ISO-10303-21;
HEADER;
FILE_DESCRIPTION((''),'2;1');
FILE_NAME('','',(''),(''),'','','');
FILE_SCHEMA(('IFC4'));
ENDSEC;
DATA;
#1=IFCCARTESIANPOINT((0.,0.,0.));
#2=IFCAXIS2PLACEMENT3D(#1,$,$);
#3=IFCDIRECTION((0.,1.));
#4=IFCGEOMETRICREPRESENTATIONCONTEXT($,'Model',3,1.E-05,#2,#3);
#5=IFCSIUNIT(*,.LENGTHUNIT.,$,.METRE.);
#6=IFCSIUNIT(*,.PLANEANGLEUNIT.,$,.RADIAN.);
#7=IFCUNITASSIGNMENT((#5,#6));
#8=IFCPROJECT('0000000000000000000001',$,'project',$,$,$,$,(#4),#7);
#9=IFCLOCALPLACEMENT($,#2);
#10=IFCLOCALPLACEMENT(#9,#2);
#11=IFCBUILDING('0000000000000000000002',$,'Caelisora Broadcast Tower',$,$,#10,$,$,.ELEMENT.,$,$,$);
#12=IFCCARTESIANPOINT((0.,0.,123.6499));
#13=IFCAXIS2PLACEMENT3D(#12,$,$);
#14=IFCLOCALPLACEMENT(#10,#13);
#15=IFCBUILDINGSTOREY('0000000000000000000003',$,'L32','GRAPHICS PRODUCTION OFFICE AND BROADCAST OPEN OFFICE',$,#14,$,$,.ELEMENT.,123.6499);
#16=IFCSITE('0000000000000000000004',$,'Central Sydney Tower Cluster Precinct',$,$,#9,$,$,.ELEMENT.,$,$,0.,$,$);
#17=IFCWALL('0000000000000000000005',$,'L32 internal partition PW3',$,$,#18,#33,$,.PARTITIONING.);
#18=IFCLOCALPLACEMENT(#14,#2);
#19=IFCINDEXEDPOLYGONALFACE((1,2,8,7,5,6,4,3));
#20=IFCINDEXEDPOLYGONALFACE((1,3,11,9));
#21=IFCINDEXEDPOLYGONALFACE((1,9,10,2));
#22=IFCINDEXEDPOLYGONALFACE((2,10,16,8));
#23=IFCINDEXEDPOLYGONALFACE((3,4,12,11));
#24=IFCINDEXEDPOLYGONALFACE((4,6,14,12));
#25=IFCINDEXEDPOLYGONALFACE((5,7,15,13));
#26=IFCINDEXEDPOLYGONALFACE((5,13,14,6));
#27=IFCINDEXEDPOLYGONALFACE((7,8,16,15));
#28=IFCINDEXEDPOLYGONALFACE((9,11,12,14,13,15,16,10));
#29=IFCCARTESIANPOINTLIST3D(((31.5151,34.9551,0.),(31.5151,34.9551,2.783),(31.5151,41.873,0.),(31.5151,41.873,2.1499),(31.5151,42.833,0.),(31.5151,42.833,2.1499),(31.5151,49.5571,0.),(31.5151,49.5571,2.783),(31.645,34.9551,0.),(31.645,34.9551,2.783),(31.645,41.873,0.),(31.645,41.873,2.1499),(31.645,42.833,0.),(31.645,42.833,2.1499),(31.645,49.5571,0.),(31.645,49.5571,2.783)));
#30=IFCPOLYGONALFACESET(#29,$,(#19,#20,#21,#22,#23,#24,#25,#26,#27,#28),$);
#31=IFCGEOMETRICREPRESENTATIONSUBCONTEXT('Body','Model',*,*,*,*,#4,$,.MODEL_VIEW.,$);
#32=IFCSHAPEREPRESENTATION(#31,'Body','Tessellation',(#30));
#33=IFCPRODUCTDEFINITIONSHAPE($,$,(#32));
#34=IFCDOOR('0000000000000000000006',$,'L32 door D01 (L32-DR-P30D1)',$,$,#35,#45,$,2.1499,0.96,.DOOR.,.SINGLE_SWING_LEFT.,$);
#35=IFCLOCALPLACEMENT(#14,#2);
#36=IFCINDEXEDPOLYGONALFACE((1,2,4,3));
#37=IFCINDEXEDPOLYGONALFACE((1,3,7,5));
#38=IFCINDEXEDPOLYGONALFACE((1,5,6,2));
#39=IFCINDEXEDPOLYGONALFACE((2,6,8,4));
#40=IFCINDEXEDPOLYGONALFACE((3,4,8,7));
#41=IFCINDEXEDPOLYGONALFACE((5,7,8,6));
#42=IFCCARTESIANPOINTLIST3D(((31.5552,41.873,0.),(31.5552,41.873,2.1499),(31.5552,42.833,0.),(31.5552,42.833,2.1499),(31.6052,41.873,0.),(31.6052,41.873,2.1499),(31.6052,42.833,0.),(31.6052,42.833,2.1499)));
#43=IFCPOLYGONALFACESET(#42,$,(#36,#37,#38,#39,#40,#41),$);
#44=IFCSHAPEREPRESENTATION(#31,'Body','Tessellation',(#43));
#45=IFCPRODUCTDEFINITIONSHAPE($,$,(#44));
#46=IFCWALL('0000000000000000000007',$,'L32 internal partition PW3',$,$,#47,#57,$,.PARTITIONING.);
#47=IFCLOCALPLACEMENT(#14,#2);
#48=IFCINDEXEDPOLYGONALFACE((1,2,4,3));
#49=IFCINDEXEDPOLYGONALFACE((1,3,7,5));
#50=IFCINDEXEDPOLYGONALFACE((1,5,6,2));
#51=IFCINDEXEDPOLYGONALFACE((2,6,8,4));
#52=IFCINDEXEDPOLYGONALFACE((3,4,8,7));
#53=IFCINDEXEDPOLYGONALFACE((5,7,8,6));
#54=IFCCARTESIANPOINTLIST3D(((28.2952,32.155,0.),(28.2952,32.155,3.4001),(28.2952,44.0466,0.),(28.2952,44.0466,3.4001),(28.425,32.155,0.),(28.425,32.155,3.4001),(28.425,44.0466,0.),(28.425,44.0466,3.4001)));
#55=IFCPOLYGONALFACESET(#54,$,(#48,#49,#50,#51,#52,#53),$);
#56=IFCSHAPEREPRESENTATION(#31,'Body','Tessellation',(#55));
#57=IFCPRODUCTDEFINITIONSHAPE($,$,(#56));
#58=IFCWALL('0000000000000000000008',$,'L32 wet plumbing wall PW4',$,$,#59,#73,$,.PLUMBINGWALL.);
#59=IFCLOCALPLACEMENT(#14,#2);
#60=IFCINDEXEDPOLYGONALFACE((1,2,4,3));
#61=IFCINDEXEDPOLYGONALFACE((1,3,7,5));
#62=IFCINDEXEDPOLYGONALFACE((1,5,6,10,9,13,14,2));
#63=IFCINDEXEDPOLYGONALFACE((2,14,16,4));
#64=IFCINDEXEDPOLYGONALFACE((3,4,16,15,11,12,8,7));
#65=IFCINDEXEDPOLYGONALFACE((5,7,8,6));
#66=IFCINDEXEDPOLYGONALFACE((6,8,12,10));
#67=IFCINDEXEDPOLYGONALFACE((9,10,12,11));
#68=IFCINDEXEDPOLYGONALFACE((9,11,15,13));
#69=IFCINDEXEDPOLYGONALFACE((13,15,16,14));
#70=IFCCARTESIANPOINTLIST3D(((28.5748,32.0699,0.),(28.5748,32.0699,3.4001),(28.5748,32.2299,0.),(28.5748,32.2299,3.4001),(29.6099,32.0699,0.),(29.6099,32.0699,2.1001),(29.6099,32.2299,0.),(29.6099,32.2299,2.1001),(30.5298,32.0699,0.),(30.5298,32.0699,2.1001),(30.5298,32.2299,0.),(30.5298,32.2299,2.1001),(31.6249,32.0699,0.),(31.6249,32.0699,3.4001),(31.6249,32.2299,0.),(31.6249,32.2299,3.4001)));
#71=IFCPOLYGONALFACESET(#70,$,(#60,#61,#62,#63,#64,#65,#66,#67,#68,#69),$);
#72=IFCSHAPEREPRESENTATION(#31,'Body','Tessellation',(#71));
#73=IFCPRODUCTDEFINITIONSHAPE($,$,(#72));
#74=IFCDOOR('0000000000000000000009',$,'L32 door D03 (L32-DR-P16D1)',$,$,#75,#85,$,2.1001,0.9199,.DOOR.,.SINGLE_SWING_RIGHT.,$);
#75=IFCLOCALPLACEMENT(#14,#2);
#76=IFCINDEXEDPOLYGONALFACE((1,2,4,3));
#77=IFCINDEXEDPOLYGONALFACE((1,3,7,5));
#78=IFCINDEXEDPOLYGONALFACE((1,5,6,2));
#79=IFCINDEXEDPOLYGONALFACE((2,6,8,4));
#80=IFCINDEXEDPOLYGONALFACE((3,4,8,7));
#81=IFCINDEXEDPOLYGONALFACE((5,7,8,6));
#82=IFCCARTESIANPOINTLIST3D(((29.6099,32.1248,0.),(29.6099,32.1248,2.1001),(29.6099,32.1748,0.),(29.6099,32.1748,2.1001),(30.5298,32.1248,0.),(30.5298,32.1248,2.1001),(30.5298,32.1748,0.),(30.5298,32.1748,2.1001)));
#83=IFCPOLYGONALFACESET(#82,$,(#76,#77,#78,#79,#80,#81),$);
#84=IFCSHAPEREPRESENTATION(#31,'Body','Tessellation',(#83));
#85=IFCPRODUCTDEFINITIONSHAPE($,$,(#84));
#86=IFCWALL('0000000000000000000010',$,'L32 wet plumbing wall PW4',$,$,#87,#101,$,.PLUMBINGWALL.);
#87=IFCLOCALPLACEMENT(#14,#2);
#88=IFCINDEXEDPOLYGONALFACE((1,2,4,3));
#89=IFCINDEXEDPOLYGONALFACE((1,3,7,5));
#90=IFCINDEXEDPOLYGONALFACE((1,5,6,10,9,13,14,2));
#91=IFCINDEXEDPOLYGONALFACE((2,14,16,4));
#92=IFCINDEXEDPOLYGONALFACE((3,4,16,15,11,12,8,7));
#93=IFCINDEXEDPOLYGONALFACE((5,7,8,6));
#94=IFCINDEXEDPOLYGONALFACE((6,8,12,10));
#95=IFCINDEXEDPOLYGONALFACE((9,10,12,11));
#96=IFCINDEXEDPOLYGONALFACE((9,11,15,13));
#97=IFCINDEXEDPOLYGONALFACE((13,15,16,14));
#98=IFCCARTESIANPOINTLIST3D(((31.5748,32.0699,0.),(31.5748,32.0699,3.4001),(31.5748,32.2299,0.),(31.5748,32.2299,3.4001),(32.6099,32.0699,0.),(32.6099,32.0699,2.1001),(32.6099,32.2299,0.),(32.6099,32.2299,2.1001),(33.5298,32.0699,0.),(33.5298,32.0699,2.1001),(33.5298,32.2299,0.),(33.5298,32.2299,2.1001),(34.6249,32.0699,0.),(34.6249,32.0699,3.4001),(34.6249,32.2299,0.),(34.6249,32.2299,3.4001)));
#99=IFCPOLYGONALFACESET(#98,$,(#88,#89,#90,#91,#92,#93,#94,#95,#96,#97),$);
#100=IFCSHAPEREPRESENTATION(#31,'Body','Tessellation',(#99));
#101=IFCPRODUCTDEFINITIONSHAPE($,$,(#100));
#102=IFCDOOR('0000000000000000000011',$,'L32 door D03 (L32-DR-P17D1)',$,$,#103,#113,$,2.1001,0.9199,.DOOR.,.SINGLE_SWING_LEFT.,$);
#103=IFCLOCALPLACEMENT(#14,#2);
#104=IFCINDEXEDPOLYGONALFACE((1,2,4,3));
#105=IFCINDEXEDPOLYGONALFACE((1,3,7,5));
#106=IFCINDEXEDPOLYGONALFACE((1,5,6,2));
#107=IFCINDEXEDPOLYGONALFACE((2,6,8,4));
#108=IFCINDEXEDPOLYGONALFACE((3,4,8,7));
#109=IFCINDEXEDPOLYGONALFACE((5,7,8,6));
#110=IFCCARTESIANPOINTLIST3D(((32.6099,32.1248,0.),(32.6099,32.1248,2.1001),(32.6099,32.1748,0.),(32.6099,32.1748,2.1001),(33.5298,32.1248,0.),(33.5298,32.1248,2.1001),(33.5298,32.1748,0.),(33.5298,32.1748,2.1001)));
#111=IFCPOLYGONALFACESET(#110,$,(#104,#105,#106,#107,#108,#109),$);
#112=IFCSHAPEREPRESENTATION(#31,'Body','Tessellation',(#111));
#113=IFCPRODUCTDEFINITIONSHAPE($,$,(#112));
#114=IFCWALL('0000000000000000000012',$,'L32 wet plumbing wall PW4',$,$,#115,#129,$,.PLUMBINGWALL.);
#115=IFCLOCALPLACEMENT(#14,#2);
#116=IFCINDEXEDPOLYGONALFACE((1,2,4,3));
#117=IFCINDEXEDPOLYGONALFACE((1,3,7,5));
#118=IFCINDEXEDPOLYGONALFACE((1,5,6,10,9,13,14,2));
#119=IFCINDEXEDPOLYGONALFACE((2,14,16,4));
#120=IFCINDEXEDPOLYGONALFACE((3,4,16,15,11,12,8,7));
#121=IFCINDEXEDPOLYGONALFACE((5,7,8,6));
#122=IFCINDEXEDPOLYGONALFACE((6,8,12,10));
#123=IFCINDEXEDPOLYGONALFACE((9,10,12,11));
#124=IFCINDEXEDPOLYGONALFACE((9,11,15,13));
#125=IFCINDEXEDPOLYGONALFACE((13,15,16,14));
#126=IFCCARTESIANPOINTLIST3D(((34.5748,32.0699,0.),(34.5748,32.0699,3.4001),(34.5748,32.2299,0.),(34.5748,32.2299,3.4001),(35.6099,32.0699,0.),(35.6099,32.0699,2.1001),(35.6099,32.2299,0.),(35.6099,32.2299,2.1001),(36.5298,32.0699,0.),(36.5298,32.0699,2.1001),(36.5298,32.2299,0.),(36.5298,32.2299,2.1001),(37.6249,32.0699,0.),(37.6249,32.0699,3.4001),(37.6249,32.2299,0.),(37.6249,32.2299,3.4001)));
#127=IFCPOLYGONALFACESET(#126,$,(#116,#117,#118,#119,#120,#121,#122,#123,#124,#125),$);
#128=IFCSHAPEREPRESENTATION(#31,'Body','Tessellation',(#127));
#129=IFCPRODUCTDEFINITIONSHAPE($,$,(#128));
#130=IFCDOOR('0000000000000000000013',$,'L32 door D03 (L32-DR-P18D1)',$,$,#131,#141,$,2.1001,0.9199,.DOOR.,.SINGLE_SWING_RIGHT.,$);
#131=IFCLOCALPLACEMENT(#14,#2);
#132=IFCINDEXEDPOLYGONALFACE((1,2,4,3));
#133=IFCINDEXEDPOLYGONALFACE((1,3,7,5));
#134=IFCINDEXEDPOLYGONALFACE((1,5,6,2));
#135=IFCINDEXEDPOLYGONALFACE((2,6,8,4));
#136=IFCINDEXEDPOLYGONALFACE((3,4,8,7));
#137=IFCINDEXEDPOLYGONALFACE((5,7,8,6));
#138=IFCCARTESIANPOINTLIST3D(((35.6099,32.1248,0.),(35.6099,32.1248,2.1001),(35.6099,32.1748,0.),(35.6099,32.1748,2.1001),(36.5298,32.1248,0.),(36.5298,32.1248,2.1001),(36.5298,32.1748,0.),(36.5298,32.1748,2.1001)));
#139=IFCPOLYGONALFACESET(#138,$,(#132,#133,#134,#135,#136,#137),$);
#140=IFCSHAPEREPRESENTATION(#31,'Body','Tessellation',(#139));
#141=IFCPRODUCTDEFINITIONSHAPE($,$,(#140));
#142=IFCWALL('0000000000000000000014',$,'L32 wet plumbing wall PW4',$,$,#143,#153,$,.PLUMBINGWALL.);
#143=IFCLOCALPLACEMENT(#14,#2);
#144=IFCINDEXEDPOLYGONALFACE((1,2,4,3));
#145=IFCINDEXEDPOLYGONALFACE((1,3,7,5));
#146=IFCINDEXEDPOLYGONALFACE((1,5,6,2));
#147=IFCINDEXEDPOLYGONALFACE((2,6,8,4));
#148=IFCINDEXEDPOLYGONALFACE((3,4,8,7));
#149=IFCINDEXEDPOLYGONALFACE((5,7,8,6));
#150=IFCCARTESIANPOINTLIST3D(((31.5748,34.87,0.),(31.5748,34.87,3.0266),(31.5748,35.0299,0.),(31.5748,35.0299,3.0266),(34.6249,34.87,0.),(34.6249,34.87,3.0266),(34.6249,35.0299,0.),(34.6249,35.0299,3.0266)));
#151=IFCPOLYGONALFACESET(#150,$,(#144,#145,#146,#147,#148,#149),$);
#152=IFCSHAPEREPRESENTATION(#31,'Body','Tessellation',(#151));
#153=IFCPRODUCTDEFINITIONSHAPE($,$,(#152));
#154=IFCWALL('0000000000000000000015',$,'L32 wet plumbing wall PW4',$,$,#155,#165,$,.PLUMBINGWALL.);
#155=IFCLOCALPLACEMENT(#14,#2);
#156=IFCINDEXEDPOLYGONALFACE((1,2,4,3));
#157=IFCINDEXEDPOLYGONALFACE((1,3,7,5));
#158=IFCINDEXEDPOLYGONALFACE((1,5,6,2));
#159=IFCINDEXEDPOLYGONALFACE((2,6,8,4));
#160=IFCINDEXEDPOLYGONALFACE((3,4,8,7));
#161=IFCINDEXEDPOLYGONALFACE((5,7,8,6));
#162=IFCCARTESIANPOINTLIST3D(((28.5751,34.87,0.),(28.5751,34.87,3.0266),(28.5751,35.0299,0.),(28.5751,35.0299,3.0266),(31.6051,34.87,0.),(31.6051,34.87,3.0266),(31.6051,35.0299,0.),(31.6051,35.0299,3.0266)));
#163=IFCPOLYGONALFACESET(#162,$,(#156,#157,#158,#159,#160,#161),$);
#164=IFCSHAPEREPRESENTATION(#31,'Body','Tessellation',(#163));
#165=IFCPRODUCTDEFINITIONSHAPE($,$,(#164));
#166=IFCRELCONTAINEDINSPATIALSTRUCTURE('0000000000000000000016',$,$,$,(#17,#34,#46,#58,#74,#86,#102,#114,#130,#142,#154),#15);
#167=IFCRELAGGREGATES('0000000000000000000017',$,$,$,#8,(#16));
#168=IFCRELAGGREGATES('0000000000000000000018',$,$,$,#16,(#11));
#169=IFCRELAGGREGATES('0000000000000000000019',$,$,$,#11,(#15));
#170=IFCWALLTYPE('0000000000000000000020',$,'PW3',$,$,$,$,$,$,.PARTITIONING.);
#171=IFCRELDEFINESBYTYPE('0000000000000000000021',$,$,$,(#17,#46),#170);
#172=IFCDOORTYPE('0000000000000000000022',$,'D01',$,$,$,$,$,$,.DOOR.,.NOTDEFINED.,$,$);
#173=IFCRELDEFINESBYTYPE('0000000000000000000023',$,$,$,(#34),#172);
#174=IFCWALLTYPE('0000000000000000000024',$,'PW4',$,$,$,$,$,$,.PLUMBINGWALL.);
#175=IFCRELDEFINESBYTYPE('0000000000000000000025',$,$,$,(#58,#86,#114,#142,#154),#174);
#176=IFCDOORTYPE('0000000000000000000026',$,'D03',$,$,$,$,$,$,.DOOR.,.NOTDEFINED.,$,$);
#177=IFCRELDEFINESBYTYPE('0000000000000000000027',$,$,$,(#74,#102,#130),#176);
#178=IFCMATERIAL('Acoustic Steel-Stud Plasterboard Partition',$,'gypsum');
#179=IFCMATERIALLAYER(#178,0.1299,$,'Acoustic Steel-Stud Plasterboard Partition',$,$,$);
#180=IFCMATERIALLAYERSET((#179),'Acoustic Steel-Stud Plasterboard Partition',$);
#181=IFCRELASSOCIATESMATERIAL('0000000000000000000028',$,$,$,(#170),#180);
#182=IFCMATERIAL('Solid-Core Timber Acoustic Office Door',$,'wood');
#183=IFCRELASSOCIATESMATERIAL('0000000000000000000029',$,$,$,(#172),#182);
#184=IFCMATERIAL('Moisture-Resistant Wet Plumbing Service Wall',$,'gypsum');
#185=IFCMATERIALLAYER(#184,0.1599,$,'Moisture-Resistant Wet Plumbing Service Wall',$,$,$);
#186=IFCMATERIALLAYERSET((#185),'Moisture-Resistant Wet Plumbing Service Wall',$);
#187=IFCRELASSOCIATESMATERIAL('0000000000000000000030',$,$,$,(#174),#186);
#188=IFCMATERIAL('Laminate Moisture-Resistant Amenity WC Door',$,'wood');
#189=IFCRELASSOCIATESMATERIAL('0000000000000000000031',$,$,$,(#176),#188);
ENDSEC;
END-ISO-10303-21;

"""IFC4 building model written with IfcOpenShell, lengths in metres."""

from ifc_helpers import new_model, si_unit, direction, frame, frame_2d, origin, place, context, subcontext, project, spatial, rectangle, extrude, material, layer, layer_set, type_object, element, fill, save


model = new_model("IFC4")

# Units and contexts
model_context = context("Model", 3, precision=1e-05, world=origin(), true_north=direction((0.0, 1.0)))
body_context = subcontext(model_context, "Body", "Model", "MODEL_VIEW")
ifc_project = project(units=[si_unit("LENGTHUNIT", "METRE"), si_unit("PLANEANGLEUNIT", "RADIAN")], contexts=[model_context])

# Site, building, storey
site_placement = place(None, origin())
site = spatial("IfcSite", under=ifc_project, at=site_placement, Name="Central Sydney Tower Cluster Precinct", CompositionType="ELEMENT", RefElevation=0.0)
building_placement = place(site_placement, origin())
building = spatial("IfcBuilding", under=site, at=building_placement, Name="Caelisora Broadcast Tower", CompositionType="ELEMENT")
storey_placement = place(building_placement, frame((0.0, 0.0, 123.6499)))
storey = spatial("IfcBuildingStorey", under=building, at=storey_placement, Name="L32", Description="GRAPHICS PRODUCTION OFFICE AND BROADCAST OPEN OFFICE", CompositionType="ELEMENT", Elevation=123.6499)

# Wall, opening, door
ifc_material_1 = material(Name="Acoustic Steel-Stud Plasterboard Partition", Category="gypsum")
ifc_layer_1 = layer(ifc_material_1, 0.1299, Name="Acoustic Steel-Stud Plasterboard Partition")
ifc_layer_set_1 = layer_set([ifc_layer_1], Name="Acoustic Steel-Stud Plasterboard Partition")
wall_type_1 = type_object("IfcWallType", Name="PW3", PredefinedType="PARTITIONING", material=ifc_layer_set_1)
ifc_material_2 = material(Name="Solid-Core Timber Acoustic Office Door", Category="wood")
door_type_1 = type_object("IfcDoorType", Name="D01", OperationType="NOTDEFINED", PredefinedType="DOOR", material=ifc_material_2)
wall_1_placement = place(storey_placement, frame((31.5801, 34.9551, 0.0), z_axis=(0.0, 0.0, 1.0), x_axis=(0.0, 1.0, 0.0)))
wall_1 = element("IfcWall", 1, at=wall_1_placement, inside=storey, type_object=wall_type_1, Name="L32 internal partition PW3", PredefinedType="PARTITIONING", context=body_context, shape_type="SweptSolid", body=[
    extrude(rectangle(XDim=14.6021, YDim=0.1299, at=frame_2d((7.301, 0.0))), origin(), (0.0, 0.0, 1.0), 2.783),
])
opening_1_placement = place(wall_1_placement, frame((6.918, 0.0, 0.0)))
opening_1 = element("IfcOpeningElement", 2, at=opening_1_placement, cuts=wall_1, PredefinedType="OPENING", context=body_context, shape_type="SweptSolid", body=[
    extrude(rectangle(XDim=0.96, YDim=2.1499, at=frame_2d((0.48, 1.075))), frame((0.0, 0.0769, 0.0), z_axis=(0.0, -1.0, 0.0), x_axis=(1.0, 0.0, 0.0)), (0.0, 0.0, 1.0), 0.1538),
])
door_1_placement = place(opening_1_placement, origin())
door_1 = element("IfcDoor", 3, at=door_1_placement, inside=storey, type_object=door_type_1, Name="L32 door D01 (L32-DR-P30D1)", OperationType="SINGLE_SWING_LEFT", OverallHeight=2.1499, OverallWidth=0.96, PredefinedType="DOOR", context=body_context, shape_type="SweptSolid", body=[
    extrude(rectangle(XDim=0.96, YDim=2.1499, at=frame_2d((0.48, 1.075))), frame((0.0, 0.0249, 0.0), z_axis=(0.0, -1.0, 0.0), x_axis=(1.0, 0.0, 0.0)), (0.0, 0.0, 1.0), 0.05),
])
fill(opening_1, door_1)

# Wall
wall_2_placement = place(storey_placement, frame((28.3601, 32.155, 0.0), z_axis=(0.0, 0.0, 1.0), x_axis=(0.0, 1.0, 0.0)))
element("IfcWall", 4, at=wall_2_placement, inside=storey, type_object=wall_type_1, Name="L32 internal partition PW3", PredefinedType="PARTITIONING", context=body_context, shape_type="SweptSolid", body=[
    extrude(rectangle(XDim=11.8916, YDim=0.1299, at=frame_2d((5.9458, 0.0))), origin(), (0.0, 0.0, 1.0), 3.4001),
])

# Walls, openings, doors
ifc_material_3 = material(Name="Moisture-Resistant Wet Plumbing Service Wall", Category="gypsum")
ifc_layer_2 = layer(ifc_material_3, 0.1599, Name="Moisture-Resistant Wet Plumbing Service Wall")
ifc_layer_set_2 = layer_set([ifc_layer_2], Name="Moisture-Resistant Wet Plumbing Service Wall")
wall_type_2 = type_object("IfcWallType", Name="PW4", PredefinedType="PLUMBINGWALL", material=ifc_layer_set_2)
wall_3_placement = place(storey_placement, frame((28.575, 32.1499, 0.0), z_axis=(0.0, 0.0, 1.0), x_axis=(1.0, 0.0, 0.0)))
wall_3 = element("IfcWall", 5, at=wall_3_placement, inside=storey, type_object=wall_type_2, Name="L32 wet plumbing wall PW4", PredefinedType="PLUMBINGWALL", context=body_context, shape_type="SweptSolid", body=[
    extrude(rectangle(XDim=3.05, YDim=0.1599, at=frame_2d((1.5249, 0.0))), origin(), (0.0, 0.0, 1.0), 3.4001),
])
opening_2_placement = place(wall_3_placement, frame((1.0349, 0.0, 0.0)))
opening_2 = element("IfcOpeningElement", 6, at=opening_2_placement, cuts=wall_3, PredefinedType="OPENING", context=body_context, shape_type="SweptSolid", body=[
    extrude(rectangle(XDim=0.9199, YDim=2.1001, at=frame_2d((0.46, 1.05))), frame((0.0, 0.092, 0.0), z_axis=(0.0, -1.0, 0.0), x_axis=(1.0, 0.0, 0.0)), (0.0, 0.0, 1.0), 0.1838),
])
ifc_material_4 = material(Name="Laminate Moisture-Resistant Amenity WC Door", Category="wood")
door_type_2 = type_object("IfcDoorType", Name="D03", OperationType="NOTDEFINED", PredefinedType="DOOR", material=ifc_material_4)
door_2_placement = place(opening_2_placement, origin())
door_2 = element("IfcDoor", 7, at=door_2_placement, inside=storey, type_object=door_type_2, Name="L32 door D03 (L32-DR-P16D1)", OperationType="SINGLE_SWING_RIGHT", OverallHeight=2.1001, OverallWidth=0.9199, PredefinedType="DOOR", context=body_context, shape_type="SweptSolid", body=[
    extrude(rectangle(XDim=0.9199, YDim=2.1001, at=frame_2d((0.46, 1.05))), frame((0.0, 0.0249, 0.0), z_axis=(0.0, -1.0, 0.0), x_axis=(1.0, 0.0, 0.0)), (0.0, 0.0, 1.0), 0.05),
])
fill(opening_2, door_2)
wall_4_placement = place(storey_placement, frame((31.575, 32.1499, 0.0), z_axis=(0.0, 0.0, 1.0), x_axis=(1.0, 0.0, 0.0)))
wall_4 = element("IfcWall", 8, at=wall_4_placement, inside=storey, type_object=wall_type_2, Name="L32 wet plumbing wall PW4", PredefinedType="PLUMBINGWALL", context=body_context, shape_type="SweptSolid", body=[
    extrude(rectangle(XDim=3.05, YDim=0.1599, at=frame_2d((1.5249, 0.0))), origin(), (0.0, 0.0, 1.0), 3.4001),
])
opening_3_placement = place(wall_4_placement, frame((1.0349, 0.0, 0.0)))
opening_3 = element("IfcOpeningElement", 9, at=opening_3_placement, cuts=wall_4, PredefinedType="OPENING", context=body_context, shape_type="SweptSolid", body=[
    extrude(rectangle(XDim=0.9199, YDim=2.1001, at=frame_2d((0.46, 1.05))), frame((0.0, 0.092, 0.0), z_axis=(0.0, -1.0, 0.0), x_axis=(1.0, 0.0, 0.0)), (0.0, 0.0, 1.0), 0.1838),
])
door_3_placement = place(opening_3_placement, origin())
door_3 = element("IfcDoor", 10, at=door_3_placement, inside=storey, type_object=door_type_2, Name="L32 door D03 (L32-DR-P17D1)", OperationType="SINGLE_SWING_LEFT", OverallHeight=2.1001, OverallWidth=0.9199, PredefinedType="DOOR", context=body_context, shape_type="SweptSolid", body=[
    extrude(rectangle(XDim=0.9199, YDim=2.1001, at=frame_2d((0.46, 1.05))), frame((0.0, 0.0249, 0.0), z_axis=(0.0, -1.0, 0.0), x_axis=(1.0, 0.0, 0.0)), (0.0, 0.0, 1.0), 0.05),
])
fill(opening_3, door_3)
wall_5_placement = place(storey_placement, frame((34.575, 32.1499, 0.0), z_axis=(0.0, 0.0, 1.0), x_axis=(1.0, 0.0, 0.0)))
wall_5 = element("IfcWall", 11, at=wall_5_placement, inside=storey, type_object=wall_type_2, Name="L32 wet plumbing wall PW4", PredefinedType="PLUMBINGWALL", context=body_context, shape_type="SweptSolid", body=[
    extrude(rectangle(XDim=3.05, YDim=0.1599, at=frame_2d((1.5249, 0.0))), origin(), (0.0, 0.0, 1.0), 3.4001),
])
opening_4_placement = place(wall_5_placement, frame((1.0349, 0.0, 0.0)))
opening_4 = element("IfcOpeningElement", 12, at=opening_4_placement, cuts=wall_5, PredefinedType="OPENING", context=body_context, shape_type="SweptSolid", body=[
    extrude(rectangle(XDim=0.9199, YDim=2.1001, at=frame_2d((0.46, 1.05))), frame((0.0, 0.092, 0.0), z_axis=(0.0, -1.0, 0.0), x_axis=(1.0, 0.0, 0.0)), (0.0, 0.0, 1.0), 0.1838),
])
door_4_placement = place(opening_4_placement, origin())
door_4 = element("IfcDoor", 13, at=door_4_placement, inside=storey, type_object=door_type_2, Name="L32 door D03 (L32-DR-P18D1)", OperationType="SINGLE_SWING_RIGHT", OverallHeight=2.1001, OverallWidth=0.9199, PredefinedType="DOOR", context=body_context, shape_type="SweptSolid", body=[
    extrude(rectangle(XDim=0.9199, YDim=2.1001, at=frame_2d((0.46, 1.05))), frame((0.0, 0.0249, 0.0), z_axis=(0.0, -1.0, 0.0), x_axis=(1.0, 0.0, 0.0)), (0.0, 0.0, 1.0), 0.05),
])
fill(opening_4, door_4)

# Walls
wall_6_placement = place(storey_placement, frame((31.575, 34.95, 0.0), z_axis=(0.0, 0.0, 1.0), x_axis=(1.0, 0.0, 0.0)))
element("IfcWall", 14, at=wall_6_placement, inside=storey, type_object=wall_type_2, Name="L32 wet plumbing wall PW4", PredefinedType="PLUMBINGWALL", context=body_context, shape_type="SweptSolid", body=[
    extrude(rectangle(XDim=3.05, YDim=0.1599, at=frame_2d((1.5249, 0.0))), origin(), (0.0, 0.0, 1.0), 3.0266),
])
wall_7_placement = place(storey_placement, frame((28.575, 34.95, 0.0), z_axis=(0.0, 0.0, 1.0), x_axis=(1.0, 0.0, 0.0)))
element("IfcWall", 15, at=wall_7_placement, inside=storey, type_object=wall_type_2, Name="L32 wet plumbing wall PW4", PredefinedType="PLUMBINGWALL", context=body_context, shape_type="SweptSolid", body=[
    extrude(rectangle(XDim=3.03, YDim=0.1599, at=frame_2d((1.5151, 0.0))), origin(), (0.0, 0.0, 1.0), 3.0266),
])

save(model, "model.ifc")
